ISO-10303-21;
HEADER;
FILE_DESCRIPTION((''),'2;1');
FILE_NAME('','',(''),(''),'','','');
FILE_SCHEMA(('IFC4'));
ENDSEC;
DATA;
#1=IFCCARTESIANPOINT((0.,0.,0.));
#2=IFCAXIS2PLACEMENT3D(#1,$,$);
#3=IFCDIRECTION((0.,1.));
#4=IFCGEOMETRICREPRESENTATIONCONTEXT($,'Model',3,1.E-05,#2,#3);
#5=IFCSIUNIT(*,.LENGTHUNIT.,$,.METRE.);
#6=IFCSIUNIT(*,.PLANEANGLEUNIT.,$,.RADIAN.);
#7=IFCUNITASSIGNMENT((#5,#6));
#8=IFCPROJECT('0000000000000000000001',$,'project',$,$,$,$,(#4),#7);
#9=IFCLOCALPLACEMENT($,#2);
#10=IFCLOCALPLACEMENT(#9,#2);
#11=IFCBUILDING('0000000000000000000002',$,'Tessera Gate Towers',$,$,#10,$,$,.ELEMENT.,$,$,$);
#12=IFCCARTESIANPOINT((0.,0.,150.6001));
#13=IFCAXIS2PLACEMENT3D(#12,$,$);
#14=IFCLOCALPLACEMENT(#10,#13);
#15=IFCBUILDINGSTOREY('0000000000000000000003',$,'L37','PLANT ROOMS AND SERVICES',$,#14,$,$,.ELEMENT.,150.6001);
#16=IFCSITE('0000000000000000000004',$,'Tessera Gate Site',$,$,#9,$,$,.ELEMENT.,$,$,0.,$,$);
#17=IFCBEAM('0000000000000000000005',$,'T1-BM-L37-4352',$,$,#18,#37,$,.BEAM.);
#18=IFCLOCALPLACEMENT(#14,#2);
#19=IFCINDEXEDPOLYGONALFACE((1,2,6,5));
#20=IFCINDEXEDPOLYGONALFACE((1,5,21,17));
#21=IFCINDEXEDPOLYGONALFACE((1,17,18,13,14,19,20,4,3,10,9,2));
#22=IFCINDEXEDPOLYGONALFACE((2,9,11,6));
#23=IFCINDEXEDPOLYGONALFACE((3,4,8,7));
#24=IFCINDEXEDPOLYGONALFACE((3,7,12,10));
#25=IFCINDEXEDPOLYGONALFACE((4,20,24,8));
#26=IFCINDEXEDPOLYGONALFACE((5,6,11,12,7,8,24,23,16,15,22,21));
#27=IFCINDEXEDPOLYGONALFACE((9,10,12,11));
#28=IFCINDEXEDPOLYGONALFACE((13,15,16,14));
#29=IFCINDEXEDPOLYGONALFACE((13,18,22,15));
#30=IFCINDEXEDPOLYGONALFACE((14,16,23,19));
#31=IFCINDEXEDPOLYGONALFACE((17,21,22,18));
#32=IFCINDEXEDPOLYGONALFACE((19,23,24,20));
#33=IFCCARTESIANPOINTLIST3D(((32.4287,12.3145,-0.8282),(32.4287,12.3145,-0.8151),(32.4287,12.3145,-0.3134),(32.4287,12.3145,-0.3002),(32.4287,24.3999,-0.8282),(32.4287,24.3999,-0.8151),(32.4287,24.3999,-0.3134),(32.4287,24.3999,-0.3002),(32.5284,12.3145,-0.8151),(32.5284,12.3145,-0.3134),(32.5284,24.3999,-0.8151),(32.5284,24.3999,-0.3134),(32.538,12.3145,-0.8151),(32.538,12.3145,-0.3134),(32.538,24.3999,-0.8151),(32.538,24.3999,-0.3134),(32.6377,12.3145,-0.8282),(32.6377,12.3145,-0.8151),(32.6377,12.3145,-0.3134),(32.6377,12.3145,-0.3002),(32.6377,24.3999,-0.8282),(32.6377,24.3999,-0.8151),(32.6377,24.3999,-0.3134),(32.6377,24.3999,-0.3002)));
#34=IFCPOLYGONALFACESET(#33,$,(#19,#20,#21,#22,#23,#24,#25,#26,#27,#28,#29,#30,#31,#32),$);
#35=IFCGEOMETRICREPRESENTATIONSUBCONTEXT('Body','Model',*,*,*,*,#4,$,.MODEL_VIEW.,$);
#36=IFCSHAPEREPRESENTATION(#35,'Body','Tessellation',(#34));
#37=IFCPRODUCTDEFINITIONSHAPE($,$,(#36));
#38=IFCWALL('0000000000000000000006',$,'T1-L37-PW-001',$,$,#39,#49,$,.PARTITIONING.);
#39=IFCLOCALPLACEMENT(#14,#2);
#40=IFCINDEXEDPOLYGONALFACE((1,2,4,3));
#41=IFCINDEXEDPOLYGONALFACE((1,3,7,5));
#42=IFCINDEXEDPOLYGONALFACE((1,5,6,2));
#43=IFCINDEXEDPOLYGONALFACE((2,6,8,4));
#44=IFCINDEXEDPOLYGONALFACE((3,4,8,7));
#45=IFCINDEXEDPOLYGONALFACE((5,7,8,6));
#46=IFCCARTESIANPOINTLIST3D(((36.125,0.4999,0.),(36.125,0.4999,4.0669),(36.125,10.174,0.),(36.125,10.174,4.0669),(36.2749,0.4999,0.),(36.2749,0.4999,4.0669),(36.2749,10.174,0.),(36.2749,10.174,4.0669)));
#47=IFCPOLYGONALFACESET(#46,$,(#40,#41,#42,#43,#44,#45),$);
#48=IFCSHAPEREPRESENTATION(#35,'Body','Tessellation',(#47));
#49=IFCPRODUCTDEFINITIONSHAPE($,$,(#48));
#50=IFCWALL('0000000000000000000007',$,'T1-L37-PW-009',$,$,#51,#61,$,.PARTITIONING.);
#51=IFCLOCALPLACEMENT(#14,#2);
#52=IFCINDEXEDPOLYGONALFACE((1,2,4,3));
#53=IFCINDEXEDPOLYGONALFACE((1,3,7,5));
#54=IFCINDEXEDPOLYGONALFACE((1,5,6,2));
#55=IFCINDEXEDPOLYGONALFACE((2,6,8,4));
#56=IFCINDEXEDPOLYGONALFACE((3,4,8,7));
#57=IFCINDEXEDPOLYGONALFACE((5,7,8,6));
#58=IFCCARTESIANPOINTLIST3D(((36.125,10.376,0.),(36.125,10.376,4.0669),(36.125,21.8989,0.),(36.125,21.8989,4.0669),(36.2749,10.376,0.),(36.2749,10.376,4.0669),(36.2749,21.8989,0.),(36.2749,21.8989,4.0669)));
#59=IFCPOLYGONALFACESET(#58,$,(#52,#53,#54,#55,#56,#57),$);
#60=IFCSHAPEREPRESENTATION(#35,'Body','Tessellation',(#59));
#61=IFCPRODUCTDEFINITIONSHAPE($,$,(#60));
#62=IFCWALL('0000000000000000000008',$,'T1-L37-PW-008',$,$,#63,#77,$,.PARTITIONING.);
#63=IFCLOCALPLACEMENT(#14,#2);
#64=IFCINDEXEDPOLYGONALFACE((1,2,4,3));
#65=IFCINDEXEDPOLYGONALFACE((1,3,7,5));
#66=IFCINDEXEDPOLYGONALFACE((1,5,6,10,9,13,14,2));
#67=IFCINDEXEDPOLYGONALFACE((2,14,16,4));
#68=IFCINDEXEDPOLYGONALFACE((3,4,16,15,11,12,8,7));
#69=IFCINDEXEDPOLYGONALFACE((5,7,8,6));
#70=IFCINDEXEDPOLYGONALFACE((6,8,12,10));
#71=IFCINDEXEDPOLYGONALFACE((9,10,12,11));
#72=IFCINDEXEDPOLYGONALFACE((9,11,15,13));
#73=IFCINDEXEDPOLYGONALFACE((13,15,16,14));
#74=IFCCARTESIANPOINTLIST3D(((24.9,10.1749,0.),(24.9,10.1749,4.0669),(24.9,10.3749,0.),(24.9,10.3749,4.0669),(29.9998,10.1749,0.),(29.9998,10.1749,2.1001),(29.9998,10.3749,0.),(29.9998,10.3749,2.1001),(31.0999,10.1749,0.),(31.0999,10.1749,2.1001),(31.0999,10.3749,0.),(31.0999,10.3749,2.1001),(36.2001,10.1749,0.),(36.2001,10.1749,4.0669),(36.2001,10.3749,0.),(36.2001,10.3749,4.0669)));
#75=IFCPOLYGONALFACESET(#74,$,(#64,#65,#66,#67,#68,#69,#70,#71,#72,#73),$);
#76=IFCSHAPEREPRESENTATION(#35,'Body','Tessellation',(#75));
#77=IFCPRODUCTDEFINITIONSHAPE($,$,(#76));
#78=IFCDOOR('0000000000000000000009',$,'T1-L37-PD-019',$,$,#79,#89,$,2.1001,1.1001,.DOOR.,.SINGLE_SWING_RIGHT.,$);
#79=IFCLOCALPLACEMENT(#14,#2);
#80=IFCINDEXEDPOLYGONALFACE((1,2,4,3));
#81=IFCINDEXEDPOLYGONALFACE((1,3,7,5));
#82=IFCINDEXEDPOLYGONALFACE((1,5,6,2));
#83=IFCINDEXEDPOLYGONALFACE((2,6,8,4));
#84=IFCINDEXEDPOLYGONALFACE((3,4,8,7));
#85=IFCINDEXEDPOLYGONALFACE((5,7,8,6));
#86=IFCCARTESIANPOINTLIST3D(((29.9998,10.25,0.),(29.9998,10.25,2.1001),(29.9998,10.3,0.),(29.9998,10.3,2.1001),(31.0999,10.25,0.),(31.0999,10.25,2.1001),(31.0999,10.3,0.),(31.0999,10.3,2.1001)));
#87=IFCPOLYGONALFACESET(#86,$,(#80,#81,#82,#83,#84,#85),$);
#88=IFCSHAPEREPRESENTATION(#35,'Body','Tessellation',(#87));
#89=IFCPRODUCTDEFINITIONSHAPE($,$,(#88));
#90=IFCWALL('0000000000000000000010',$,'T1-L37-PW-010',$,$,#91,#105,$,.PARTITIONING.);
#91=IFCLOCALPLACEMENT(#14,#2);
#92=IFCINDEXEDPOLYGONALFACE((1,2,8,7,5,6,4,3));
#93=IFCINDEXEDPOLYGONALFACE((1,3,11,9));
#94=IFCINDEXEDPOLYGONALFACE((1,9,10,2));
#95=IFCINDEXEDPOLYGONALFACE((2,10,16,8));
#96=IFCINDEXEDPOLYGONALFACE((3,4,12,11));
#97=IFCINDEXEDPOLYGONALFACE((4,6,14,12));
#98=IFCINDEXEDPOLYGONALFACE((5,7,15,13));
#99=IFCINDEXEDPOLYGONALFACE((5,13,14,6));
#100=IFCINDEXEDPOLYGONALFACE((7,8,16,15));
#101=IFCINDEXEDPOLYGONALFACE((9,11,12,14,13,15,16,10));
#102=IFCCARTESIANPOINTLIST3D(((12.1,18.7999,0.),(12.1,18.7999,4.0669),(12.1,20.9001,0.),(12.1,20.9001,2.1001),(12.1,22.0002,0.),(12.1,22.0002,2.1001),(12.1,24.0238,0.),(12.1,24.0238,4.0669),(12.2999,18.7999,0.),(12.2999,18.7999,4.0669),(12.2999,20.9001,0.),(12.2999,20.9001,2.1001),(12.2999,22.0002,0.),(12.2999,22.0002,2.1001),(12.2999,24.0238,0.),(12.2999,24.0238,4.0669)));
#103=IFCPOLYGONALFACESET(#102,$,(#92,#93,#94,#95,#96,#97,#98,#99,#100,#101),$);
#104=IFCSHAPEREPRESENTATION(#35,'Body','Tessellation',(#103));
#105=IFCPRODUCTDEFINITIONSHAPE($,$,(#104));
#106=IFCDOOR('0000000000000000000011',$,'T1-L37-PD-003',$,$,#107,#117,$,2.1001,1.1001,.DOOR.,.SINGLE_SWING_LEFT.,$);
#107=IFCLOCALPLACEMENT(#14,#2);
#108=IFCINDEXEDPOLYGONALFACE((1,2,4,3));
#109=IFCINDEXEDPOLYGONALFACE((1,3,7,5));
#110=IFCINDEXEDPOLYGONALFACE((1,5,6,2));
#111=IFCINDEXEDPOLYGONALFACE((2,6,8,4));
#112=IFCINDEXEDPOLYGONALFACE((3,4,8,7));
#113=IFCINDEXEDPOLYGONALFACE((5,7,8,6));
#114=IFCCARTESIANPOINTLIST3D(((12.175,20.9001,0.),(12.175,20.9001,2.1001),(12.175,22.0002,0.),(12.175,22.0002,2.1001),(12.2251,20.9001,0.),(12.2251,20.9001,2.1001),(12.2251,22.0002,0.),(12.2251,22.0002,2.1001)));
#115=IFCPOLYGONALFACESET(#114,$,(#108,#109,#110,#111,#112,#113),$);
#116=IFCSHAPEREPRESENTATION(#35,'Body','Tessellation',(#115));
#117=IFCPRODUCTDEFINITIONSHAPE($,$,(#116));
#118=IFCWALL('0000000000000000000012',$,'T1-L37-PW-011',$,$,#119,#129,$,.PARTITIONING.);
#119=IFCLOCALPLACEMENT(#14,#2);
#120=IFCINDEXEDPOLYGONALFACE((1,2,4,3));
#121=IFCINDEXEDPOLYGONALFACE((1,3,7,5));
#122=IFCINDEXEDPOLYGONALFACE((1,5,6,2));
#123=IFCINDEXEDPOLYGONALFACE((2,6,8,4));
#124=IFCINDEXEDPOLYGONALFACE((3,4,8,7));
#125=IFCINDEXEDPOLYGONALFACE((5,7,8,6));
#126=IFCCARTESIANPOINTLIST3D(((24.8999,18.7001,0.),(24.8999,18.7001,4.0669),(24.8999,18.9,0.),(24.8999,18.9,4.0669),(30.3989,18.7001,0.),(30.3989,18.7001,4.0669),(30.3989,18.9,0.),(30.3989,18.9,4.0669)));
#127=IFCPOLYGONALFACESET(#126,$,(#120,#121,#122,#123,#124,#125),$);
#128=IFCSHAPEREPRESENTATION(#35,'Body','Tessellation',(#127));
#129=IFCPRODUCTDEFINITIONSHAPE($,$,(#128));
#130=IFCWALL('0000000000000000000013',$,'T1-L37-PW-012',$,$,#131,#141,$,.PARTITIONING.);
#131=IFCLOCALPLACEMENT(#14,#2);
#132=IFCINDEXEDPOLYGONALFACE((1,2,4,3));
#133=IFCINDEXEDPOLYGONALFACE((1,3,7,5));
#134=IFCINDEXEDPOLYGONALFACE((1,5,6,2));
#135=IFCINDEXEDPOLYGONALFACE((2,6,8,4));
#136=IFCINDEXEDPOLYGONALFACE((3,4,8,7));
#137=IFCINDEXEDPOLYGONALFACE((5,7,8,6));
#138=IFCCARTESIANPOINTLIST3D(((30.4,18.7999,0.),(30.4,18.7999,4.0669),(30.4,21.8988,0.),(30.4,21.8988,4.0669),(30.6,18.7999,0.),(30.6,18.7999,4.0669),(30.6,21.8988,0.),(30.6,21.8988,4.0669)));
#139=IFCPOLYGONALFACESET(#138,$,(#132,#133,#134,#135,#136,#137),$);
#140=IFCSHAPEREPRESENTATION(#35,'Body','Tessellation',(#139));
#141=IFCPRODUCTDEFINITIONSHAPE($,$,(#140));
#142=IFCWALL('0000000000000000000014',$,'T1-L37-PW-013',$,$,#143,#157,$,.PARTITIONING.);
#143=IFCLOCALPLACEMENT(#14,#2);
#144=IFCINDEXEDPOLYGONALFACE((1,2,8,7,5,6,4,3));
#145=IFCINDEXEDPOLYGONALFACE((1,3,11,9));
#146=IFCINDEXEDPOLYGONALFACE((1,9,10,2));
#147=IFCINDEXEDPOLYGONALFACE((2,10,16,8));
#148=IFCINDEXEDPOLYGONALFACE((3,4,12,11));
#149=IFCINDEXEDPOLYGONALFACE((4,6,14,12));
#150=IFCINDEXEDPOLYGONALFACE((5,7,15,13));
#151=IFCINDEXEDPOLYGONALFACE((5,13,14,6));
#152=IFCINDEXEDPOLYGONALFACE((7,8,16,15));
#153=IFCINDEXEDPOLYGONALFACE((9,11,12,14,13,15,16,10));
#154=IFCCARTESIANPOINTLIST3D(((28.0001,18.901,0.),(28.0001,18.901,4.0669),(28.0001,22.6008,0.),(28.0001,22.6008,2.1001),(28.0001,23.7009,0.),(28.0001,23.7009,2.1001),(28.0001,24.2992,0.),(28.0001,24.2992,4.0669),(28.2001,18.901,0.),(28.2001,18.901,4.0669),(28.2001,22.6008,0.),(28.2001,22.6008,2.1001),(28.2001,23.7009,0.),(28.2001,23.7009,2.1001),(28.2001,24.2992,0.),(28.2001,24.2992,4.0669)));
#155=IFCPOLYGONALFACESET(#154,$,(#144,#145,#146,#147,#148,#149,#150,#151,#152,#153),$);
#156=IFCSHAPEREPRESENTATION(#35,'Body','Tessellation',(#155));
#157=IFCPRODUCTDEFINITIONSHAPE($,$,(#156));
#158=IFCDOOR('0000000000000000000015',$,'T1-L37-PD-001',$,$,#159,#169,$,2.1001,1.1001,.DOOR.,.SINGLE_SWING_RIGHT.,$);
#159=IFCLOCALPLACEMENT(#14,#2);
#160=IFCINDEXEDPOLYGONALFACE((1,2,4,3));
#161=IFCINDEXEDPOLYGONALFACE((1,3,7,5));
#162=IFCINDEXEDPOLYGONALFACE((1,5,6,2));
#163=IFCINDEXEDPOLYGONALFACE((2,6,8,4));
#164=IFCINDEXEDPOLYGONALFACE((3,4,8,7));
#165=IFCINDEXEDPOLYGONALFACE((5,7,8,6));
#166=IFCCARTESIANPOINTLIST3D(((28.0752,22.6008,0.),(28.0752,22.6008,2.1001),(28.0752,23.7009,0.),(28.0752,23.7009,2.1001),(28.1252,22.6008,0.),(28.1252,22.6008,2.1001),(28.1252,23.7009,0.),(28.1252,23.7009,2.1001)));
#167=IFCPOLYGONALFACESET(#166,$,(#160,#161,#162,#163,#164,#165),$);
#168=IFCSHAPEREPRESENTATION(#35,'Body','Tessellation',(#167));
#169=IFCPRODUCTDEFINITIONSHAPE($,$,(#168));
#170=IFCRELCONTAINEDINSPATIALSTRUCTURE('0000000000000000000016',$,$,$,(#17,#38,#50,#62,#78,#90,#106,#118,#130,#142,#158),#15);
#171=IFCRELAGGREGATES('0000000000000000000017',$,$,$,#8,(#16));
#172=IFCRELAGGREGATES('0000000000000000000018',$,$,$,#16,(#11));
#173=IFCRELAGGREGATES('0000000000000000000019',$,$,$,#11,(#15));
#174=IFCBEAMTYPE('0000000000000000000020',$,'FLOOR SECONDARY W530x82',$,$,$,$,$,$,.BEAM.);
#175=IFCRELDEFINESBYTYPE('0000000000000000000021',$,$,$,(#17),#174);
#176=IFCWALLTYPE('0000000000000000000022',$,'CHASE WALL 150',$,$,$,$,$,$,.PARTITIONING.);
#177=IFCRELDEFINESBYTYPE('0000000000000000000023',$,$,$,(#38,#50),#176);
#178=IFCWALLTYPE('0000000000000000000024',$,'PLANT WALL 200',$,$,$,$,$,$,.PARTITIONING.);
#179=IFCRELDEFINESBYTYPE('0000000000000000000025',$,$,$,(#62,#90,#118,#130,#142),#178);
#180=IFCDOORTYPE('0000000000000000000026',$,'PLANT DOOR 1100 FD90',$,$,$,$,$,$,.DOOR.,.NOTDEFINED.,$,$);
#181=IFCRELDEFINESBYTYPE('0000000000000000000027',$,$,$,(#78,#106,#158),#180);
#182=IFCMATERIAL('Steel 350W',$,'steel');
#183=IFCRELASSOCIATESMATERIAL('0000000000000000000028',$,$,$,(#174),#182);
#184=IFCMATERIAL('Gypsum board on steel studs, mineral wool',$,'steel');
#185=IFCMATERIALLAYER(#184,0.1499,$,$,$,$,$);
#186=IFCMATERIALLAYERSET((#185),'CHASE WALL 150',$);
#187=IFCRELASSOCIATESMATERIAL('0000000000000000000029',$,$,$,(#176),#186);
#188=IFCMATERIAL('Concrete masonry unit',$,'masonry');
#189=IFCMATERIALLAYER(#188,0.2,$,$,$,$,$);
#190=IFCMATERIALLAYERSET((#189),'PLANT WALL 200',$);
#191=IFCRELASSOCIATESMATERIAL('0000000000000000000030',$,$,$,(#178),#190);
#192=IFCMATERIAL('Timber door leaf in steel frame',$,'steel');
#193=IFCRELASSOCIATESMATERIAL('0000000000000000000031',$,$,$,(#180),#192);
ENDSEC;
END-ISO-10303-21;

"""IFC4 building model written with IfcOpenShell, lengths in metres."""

from ifc_helpers import new_model, si_unit, direction, frame, frame_2d, origin, origin_2d, place, context, subcontext, project, spatial, rectangle, i_section, extrude, source, transform, mapped, material, layer, layer_set, material_profile, profile_set, type_object, element, fill, save


model = new_model("IFC4")

# Units and contexts
model_context = context("Model", 3, precision=1e-05, world=origin(), true_north=direction((0.0, 1.0)))
body_context = subcontext(model_context, "Body", "Model", "MODEL_VIEW")
ifc_project = project(units=[si_unit("LENGTHUNIT", "METRE"), si_unit("PLANEANGLEUNIT", "RADIAN")], contexts=[model_context])

# Site, building, storey
site_placement = place(None, origin())
site = spatial("IfcSite", under=ifc_project, at=site_placement, Name="Tessera Gate Site", CompositionType="ELEMENT", RefElevation=0.0)
building_placement = place(site_placement, origin())
building = spatial("IfcBuilding", under=site, at=building_placement, Name="Tessera Gate Towers", CompositionType="ELEMENT")
storey_placement = place(building_placement, frame((0.0, 0.0, 150.6001)))
storey = spatial("IfcBuildingStorey", under=building, at=storey_placement, Name="L37", Description="PLANT ROOMS AND SERVICES", CompositionType="ELEMENT", Elevation=150.6001)

# Beam
ifc_material_1 = material(Name="Steel 350W", Category="steel")
ifc_material_profile_1 = material_profile(ifc_material_1, i_section(OverallWidth=0.209, OverallDepth=0.5281, WebThickness=0.0095, FlangeThickness=0.0132, at=origin_2d()), Name="W530x82")
ifc_profile_set_1 = profile_set([ifc_material_profile_1], Name="Steel 350W")
beam_type_1 = type_object("IfcBeamType", Name="FLOOR SECONDARY W530x82", PredefinedType="BEAM", material=ifc_profile_set_1)
beam_1_placement = place(storey_placement, frame((32.5332, 12.3145, -0.5642), z_axis=(0.0, 1.0, 0.0), x_axis=(-1.0, 0.0, 0.0)))
element("IfcBeam", 1, at=beam_1_placement, inside=storey, type_object=beam_type_1, Name="T1-BM-L37-4352", PredefinedType="BEAM", context=body_context, shape_type="SweptSolid", body=[
    extrude(i_section(OverallWidth=0.209, OverallDepth=0.5281, WebThickness=0.0095, FlangeThickness=0.0132, at=origin_2d()), origin(), (0.0, 0.0, 1.0), 12.0854),
])

# Walls
ifc_material_2 = material(Name="Gypsum board on steel studs, mineral wool", Category="steel")
ifc_layer_1 = layer(ifc_material_2, 0.1499)
ifc_layer_set_1 = layer_set([ifc_layer_1], Name="CHASE WALL 150")
wall_type_1 = type_object("IfcWallType", Name="CHASE WALL 150", PredefinedType="PARTITIONING", material=ifc_layer_set_1)
wall_1_placement = place(storey_placement, frame((36.2, 0.5, 0.0), z_axis=(0.0, 0.0, 1.0), x_axis=(0.0, 1.0, 0.0)))
element("IfcWall", 2, at=wall_1_placement, inside=storey, type_object=wall_type_1, Name="T1-L37-PW-001", PredefinedType="PARTITIONING", context=body_context, shape_type="SweptSolid", body=[
    extrude(rectangle(XDim=9.6741, YDim=0.1499, at=frame_2d((4.8369, 0.0))), origin(), (0.0, 0.0, 1.0), 4.0669),
])
wall_2_placement = place(storey_placement, frame((36.2, 10.376, 0.0), z_axis=(0.0, 0.0, 1.0), x_axis=(0.0, 1.0, 0.0)))
element("IfcWall", 3, at=wall_2_placement, inside=storey, type_object=wall_type_1, Name="T1-L37-PW-009", PredefinedType="PARTITIONING", context=body_context, shape_type="SweptSolid", body=[
    extrude(rectangle(XDim=11.5229, YDim=0.1499, at=frame_2d((5.7615, 0.0))), origin(), (0.0, 0.0, 1.0), 4.0669),
])

# Walls, openings, doors
ifc_material_3 = material(Name="Concrete masonry unit", Category="masonry")
ifc_layer_2 = layer(ifc_material_3, 0.2)
ifc_layer_set_2 = layer_set([ifc_layer_2], Name="PLANT WALL 200")
wall_type_2 = type_object("IfcWallType", Name="PLANT WALL 200", PredefinedType="PARTITIONING", material=ifc_layer_set_2)
wall_3_placement = place(storey_placement, frame((36.2, 10.2749, 0.0), z_axis=(0.0, 0.0, 1.0), x_axis=(-1.0, 0.0, 0.0)))
wall_3 = element("IfcWall", 4, at=wall_3_placement, inside=storey, type_object=wall_type_2, Name="T1-L37-PW-008", PredefinedType="PARTITIONING", context=body_context, shape_type="SweptSolid", body=[
    extrude(rectangle(XDim=11.3, YDim=0.2, at=frame_2d((5.6499, 0.0))), origin(), (0.0, 0.0, 1.0), 4.0669),
])
shared_shape_1 = source(origin(), body_context, "Body", "SweptSolid", [
    extrude(rectangle(XDim=1.1001, YDim=2.1001, at=frame_2d((0.55, 1.05))), frame((0.0, 0.1099, 0.0), z_axis=(0.0, -1.0, 0.0), x_axis=(1.0, 0.0, 0.0)), (0.0, 0.0, 1.0), 0.22),
])
opening_1_placement = place(wall_3_placement, frame((5.1001, 0.0, 0.0)))
opening_1 = element("IfcOpeningElement", 5, at=opening_1_placement, cuts=wall_3, PredefinedType="OPENING", context=body_context, shape_type="MappedRepresentation", body=[
    mapped(shared_shape_1, transform((0.0, 0.0, 0.0), scale=1.0)),
])
ifc_material_4 = material(Name="Timber door leaf in steel frame", Category="steel")
door_type = type_object("IfcDoorType", Name="PLANT DOOR 1100 FD90", OperationType="NOTDEFINED", PredefinedType="DOOR", material=ifc_material_4)
shared_shape_2 = source(origin(), body_context, "Body", "SweptSolid", [
    extrude(rectangle(XDim=1.1001, YDim=2.1001, at=frame_2d((0.55, 1.05))), frame((0.0, 0.0249, 0.0), z_axis=(0.0, -1.0, 0.0), x_axis=(1.0, 0.0, 0.0)), (0.0, 0.0, 1.0), 0.05),
])
door_1_placement = place(opening_1_placement, origin())
door_1 = element("IfcDoor", 6, at=door_1_placement, inside=storey, type_object=door_type, Name="T1-L37-PD-019", OperationType="SINGLE_SWING_RIGHT", OverallHeight=2.1001, OverallWidth=1.1001, PredefinedType="DOOR", context=body_context, shape_type="MappedRepresentation", body=[
    mapped(shared_shape_2, transform((0.0, 0.0, 0.0), scale=1.0)),
])
fill(opening_1, door_1)
wall_4_placement = place(storey_placement, frame((12.2, 18.8, 0.0), z_axis=(0.0, 0.0, 1.0), x_axis=(0.0, 1.0, 0.0)))
wall_4 = element("IfcWall", 7, at=wall_4_placement, inside=storey, type_object=wall_type_2, Name="T1-L37-PW-010", PredefinedType="PARTITIONING", context=body_context, shape_type="SweptSolid", body=[
    extrude(rectangle(XDim=5.2239, YDim=0.2, at=frame_2d((2.6118, 0.0))), origin(), (0.0, 0.0, 1.0), 4.0669),
])
opening_2_placement = place(wall_4_placement, frame((2.1001, 0.0, 0.0)))
opening_2 = element("IfcOpeningElement", 8, at=opening_2_placement, cuts=wall_4, PredefinedType="OPENING", context=body_context, shape_type="MappedRepresentation", body=[
    mapped(shared_shape_1, transform((0.0, 0.0, 0.0), scale=1.0)),
])
door_2_placement = place(opening_2_placement, origin())
door_2 = element("IfcDoor", 9, at=door_2_placement, inside=storey, type_object=door_type, Name="T1-L37-PD-003", OperationType="SINGLE_SWING_LEFT", OverallHeight=2.1001, OverallWidth=1.1001, PredefinedType="DOOR", context=body_context, shape_type="MappedRepresentation", body=[
    mapped(shared_shape_2, transform((0.0, 0.0, 0.0), scale=1.0)),
])
fill(opening_2, door_2)

# Walls
wall_5_placement = place(storey_placement, frame((24.8999, 18.8, 0.0), z_axis=(0.0, 0.0, 1.0), x_axis=(1.0, 0.0, 0.0)))
element("IfcWall", 10, at=wall_5_placement, inside=storey, type_object=wall_type_2, Name="T1-L37-PW-011", PredefinedType="PARTITIONING", context=body_context, shape_type="SweptSolid", body=[
    extrude(rectangle(XDim=5.499, YDim=0.2, at=frame_2d((2.7495, 0.0))), origin(), (0.0, 0.0, 1.0), 4.0669),
])
wall_6_placement = place(storey_placement, frame((30.5, 18.8, 0.0), z_axis=(0.0, 0.0, 1.0), x_axis=(0.0, 1.0, 0.0)))
element("IfcWall", 11, at=wall_6_placement, inside=storey, type_object=wall_type_2, Name="T1-L37-PW-012", PredefinedType="PARTITIONING", context=body_context, shape_type="SweptSolid", body=[
    extrude(rectangle(XDim=3.0989, YDim=0.2, at=frame_2d((1.5493, 0.0))), origin(), (0.0, 0.0, 1.0), 4.0669),
])

# Wall, opening, door
wall_7_placement = place(storey_placement, frame((28.1001, 18.9009, 0.0), z_axis=(0.0, 0.0, 1.0), x_axis=(0.0, 1.0, 0.0)))
wall_7 = element("IfcWall", 12, at=wall_7_placement, inside=storey, type_object=wall_type_2, Name="T1-L37-PW-013", PredefinedType="PARTITIONING", context=body_context, shape_type="SweptSolid", body=[
    extrude(rectangle(XDim=5.3982, YDim=0.2, at=frame_2d((2.6992, 0.0))), origin(), (0.0, 0.0, 1.0), 4.0669),
])
opening_3_placement = place(wall_7_placement, frame((3.7, 0.0, 0.0)))
opening_3 = element("IfcOpeningElement", 13, at=opening_3_placement, cuts=wall_7, PredefinedType="OPENING", context=body_context, shape_type="MappedRepresentation", body=[
    mapped(shared_shape_1, transform((0.0, 0.0, 0.0), scale=1.0)),
])
door_3_placement = place(opening_3_placement, origin())
door_3 = element("IfcDoor", 14, at=door_3_placement, inside=storey, type_object=door_type, Name="T1-L37-PD-001", OperationType="SINGLE_SWING_RIGHT", OverallHeight=2.1001, OverallWidth=1.1001, PredefinedType="DOOR", context=body_context, shape_type="MappedRepresentation", body=[
    mapped(shared_shape_2, transform((0.0, 0.0, 0.0), scale=1.0)),
])
fill(opening_3, door_3)

save(model, "model.ifc")
